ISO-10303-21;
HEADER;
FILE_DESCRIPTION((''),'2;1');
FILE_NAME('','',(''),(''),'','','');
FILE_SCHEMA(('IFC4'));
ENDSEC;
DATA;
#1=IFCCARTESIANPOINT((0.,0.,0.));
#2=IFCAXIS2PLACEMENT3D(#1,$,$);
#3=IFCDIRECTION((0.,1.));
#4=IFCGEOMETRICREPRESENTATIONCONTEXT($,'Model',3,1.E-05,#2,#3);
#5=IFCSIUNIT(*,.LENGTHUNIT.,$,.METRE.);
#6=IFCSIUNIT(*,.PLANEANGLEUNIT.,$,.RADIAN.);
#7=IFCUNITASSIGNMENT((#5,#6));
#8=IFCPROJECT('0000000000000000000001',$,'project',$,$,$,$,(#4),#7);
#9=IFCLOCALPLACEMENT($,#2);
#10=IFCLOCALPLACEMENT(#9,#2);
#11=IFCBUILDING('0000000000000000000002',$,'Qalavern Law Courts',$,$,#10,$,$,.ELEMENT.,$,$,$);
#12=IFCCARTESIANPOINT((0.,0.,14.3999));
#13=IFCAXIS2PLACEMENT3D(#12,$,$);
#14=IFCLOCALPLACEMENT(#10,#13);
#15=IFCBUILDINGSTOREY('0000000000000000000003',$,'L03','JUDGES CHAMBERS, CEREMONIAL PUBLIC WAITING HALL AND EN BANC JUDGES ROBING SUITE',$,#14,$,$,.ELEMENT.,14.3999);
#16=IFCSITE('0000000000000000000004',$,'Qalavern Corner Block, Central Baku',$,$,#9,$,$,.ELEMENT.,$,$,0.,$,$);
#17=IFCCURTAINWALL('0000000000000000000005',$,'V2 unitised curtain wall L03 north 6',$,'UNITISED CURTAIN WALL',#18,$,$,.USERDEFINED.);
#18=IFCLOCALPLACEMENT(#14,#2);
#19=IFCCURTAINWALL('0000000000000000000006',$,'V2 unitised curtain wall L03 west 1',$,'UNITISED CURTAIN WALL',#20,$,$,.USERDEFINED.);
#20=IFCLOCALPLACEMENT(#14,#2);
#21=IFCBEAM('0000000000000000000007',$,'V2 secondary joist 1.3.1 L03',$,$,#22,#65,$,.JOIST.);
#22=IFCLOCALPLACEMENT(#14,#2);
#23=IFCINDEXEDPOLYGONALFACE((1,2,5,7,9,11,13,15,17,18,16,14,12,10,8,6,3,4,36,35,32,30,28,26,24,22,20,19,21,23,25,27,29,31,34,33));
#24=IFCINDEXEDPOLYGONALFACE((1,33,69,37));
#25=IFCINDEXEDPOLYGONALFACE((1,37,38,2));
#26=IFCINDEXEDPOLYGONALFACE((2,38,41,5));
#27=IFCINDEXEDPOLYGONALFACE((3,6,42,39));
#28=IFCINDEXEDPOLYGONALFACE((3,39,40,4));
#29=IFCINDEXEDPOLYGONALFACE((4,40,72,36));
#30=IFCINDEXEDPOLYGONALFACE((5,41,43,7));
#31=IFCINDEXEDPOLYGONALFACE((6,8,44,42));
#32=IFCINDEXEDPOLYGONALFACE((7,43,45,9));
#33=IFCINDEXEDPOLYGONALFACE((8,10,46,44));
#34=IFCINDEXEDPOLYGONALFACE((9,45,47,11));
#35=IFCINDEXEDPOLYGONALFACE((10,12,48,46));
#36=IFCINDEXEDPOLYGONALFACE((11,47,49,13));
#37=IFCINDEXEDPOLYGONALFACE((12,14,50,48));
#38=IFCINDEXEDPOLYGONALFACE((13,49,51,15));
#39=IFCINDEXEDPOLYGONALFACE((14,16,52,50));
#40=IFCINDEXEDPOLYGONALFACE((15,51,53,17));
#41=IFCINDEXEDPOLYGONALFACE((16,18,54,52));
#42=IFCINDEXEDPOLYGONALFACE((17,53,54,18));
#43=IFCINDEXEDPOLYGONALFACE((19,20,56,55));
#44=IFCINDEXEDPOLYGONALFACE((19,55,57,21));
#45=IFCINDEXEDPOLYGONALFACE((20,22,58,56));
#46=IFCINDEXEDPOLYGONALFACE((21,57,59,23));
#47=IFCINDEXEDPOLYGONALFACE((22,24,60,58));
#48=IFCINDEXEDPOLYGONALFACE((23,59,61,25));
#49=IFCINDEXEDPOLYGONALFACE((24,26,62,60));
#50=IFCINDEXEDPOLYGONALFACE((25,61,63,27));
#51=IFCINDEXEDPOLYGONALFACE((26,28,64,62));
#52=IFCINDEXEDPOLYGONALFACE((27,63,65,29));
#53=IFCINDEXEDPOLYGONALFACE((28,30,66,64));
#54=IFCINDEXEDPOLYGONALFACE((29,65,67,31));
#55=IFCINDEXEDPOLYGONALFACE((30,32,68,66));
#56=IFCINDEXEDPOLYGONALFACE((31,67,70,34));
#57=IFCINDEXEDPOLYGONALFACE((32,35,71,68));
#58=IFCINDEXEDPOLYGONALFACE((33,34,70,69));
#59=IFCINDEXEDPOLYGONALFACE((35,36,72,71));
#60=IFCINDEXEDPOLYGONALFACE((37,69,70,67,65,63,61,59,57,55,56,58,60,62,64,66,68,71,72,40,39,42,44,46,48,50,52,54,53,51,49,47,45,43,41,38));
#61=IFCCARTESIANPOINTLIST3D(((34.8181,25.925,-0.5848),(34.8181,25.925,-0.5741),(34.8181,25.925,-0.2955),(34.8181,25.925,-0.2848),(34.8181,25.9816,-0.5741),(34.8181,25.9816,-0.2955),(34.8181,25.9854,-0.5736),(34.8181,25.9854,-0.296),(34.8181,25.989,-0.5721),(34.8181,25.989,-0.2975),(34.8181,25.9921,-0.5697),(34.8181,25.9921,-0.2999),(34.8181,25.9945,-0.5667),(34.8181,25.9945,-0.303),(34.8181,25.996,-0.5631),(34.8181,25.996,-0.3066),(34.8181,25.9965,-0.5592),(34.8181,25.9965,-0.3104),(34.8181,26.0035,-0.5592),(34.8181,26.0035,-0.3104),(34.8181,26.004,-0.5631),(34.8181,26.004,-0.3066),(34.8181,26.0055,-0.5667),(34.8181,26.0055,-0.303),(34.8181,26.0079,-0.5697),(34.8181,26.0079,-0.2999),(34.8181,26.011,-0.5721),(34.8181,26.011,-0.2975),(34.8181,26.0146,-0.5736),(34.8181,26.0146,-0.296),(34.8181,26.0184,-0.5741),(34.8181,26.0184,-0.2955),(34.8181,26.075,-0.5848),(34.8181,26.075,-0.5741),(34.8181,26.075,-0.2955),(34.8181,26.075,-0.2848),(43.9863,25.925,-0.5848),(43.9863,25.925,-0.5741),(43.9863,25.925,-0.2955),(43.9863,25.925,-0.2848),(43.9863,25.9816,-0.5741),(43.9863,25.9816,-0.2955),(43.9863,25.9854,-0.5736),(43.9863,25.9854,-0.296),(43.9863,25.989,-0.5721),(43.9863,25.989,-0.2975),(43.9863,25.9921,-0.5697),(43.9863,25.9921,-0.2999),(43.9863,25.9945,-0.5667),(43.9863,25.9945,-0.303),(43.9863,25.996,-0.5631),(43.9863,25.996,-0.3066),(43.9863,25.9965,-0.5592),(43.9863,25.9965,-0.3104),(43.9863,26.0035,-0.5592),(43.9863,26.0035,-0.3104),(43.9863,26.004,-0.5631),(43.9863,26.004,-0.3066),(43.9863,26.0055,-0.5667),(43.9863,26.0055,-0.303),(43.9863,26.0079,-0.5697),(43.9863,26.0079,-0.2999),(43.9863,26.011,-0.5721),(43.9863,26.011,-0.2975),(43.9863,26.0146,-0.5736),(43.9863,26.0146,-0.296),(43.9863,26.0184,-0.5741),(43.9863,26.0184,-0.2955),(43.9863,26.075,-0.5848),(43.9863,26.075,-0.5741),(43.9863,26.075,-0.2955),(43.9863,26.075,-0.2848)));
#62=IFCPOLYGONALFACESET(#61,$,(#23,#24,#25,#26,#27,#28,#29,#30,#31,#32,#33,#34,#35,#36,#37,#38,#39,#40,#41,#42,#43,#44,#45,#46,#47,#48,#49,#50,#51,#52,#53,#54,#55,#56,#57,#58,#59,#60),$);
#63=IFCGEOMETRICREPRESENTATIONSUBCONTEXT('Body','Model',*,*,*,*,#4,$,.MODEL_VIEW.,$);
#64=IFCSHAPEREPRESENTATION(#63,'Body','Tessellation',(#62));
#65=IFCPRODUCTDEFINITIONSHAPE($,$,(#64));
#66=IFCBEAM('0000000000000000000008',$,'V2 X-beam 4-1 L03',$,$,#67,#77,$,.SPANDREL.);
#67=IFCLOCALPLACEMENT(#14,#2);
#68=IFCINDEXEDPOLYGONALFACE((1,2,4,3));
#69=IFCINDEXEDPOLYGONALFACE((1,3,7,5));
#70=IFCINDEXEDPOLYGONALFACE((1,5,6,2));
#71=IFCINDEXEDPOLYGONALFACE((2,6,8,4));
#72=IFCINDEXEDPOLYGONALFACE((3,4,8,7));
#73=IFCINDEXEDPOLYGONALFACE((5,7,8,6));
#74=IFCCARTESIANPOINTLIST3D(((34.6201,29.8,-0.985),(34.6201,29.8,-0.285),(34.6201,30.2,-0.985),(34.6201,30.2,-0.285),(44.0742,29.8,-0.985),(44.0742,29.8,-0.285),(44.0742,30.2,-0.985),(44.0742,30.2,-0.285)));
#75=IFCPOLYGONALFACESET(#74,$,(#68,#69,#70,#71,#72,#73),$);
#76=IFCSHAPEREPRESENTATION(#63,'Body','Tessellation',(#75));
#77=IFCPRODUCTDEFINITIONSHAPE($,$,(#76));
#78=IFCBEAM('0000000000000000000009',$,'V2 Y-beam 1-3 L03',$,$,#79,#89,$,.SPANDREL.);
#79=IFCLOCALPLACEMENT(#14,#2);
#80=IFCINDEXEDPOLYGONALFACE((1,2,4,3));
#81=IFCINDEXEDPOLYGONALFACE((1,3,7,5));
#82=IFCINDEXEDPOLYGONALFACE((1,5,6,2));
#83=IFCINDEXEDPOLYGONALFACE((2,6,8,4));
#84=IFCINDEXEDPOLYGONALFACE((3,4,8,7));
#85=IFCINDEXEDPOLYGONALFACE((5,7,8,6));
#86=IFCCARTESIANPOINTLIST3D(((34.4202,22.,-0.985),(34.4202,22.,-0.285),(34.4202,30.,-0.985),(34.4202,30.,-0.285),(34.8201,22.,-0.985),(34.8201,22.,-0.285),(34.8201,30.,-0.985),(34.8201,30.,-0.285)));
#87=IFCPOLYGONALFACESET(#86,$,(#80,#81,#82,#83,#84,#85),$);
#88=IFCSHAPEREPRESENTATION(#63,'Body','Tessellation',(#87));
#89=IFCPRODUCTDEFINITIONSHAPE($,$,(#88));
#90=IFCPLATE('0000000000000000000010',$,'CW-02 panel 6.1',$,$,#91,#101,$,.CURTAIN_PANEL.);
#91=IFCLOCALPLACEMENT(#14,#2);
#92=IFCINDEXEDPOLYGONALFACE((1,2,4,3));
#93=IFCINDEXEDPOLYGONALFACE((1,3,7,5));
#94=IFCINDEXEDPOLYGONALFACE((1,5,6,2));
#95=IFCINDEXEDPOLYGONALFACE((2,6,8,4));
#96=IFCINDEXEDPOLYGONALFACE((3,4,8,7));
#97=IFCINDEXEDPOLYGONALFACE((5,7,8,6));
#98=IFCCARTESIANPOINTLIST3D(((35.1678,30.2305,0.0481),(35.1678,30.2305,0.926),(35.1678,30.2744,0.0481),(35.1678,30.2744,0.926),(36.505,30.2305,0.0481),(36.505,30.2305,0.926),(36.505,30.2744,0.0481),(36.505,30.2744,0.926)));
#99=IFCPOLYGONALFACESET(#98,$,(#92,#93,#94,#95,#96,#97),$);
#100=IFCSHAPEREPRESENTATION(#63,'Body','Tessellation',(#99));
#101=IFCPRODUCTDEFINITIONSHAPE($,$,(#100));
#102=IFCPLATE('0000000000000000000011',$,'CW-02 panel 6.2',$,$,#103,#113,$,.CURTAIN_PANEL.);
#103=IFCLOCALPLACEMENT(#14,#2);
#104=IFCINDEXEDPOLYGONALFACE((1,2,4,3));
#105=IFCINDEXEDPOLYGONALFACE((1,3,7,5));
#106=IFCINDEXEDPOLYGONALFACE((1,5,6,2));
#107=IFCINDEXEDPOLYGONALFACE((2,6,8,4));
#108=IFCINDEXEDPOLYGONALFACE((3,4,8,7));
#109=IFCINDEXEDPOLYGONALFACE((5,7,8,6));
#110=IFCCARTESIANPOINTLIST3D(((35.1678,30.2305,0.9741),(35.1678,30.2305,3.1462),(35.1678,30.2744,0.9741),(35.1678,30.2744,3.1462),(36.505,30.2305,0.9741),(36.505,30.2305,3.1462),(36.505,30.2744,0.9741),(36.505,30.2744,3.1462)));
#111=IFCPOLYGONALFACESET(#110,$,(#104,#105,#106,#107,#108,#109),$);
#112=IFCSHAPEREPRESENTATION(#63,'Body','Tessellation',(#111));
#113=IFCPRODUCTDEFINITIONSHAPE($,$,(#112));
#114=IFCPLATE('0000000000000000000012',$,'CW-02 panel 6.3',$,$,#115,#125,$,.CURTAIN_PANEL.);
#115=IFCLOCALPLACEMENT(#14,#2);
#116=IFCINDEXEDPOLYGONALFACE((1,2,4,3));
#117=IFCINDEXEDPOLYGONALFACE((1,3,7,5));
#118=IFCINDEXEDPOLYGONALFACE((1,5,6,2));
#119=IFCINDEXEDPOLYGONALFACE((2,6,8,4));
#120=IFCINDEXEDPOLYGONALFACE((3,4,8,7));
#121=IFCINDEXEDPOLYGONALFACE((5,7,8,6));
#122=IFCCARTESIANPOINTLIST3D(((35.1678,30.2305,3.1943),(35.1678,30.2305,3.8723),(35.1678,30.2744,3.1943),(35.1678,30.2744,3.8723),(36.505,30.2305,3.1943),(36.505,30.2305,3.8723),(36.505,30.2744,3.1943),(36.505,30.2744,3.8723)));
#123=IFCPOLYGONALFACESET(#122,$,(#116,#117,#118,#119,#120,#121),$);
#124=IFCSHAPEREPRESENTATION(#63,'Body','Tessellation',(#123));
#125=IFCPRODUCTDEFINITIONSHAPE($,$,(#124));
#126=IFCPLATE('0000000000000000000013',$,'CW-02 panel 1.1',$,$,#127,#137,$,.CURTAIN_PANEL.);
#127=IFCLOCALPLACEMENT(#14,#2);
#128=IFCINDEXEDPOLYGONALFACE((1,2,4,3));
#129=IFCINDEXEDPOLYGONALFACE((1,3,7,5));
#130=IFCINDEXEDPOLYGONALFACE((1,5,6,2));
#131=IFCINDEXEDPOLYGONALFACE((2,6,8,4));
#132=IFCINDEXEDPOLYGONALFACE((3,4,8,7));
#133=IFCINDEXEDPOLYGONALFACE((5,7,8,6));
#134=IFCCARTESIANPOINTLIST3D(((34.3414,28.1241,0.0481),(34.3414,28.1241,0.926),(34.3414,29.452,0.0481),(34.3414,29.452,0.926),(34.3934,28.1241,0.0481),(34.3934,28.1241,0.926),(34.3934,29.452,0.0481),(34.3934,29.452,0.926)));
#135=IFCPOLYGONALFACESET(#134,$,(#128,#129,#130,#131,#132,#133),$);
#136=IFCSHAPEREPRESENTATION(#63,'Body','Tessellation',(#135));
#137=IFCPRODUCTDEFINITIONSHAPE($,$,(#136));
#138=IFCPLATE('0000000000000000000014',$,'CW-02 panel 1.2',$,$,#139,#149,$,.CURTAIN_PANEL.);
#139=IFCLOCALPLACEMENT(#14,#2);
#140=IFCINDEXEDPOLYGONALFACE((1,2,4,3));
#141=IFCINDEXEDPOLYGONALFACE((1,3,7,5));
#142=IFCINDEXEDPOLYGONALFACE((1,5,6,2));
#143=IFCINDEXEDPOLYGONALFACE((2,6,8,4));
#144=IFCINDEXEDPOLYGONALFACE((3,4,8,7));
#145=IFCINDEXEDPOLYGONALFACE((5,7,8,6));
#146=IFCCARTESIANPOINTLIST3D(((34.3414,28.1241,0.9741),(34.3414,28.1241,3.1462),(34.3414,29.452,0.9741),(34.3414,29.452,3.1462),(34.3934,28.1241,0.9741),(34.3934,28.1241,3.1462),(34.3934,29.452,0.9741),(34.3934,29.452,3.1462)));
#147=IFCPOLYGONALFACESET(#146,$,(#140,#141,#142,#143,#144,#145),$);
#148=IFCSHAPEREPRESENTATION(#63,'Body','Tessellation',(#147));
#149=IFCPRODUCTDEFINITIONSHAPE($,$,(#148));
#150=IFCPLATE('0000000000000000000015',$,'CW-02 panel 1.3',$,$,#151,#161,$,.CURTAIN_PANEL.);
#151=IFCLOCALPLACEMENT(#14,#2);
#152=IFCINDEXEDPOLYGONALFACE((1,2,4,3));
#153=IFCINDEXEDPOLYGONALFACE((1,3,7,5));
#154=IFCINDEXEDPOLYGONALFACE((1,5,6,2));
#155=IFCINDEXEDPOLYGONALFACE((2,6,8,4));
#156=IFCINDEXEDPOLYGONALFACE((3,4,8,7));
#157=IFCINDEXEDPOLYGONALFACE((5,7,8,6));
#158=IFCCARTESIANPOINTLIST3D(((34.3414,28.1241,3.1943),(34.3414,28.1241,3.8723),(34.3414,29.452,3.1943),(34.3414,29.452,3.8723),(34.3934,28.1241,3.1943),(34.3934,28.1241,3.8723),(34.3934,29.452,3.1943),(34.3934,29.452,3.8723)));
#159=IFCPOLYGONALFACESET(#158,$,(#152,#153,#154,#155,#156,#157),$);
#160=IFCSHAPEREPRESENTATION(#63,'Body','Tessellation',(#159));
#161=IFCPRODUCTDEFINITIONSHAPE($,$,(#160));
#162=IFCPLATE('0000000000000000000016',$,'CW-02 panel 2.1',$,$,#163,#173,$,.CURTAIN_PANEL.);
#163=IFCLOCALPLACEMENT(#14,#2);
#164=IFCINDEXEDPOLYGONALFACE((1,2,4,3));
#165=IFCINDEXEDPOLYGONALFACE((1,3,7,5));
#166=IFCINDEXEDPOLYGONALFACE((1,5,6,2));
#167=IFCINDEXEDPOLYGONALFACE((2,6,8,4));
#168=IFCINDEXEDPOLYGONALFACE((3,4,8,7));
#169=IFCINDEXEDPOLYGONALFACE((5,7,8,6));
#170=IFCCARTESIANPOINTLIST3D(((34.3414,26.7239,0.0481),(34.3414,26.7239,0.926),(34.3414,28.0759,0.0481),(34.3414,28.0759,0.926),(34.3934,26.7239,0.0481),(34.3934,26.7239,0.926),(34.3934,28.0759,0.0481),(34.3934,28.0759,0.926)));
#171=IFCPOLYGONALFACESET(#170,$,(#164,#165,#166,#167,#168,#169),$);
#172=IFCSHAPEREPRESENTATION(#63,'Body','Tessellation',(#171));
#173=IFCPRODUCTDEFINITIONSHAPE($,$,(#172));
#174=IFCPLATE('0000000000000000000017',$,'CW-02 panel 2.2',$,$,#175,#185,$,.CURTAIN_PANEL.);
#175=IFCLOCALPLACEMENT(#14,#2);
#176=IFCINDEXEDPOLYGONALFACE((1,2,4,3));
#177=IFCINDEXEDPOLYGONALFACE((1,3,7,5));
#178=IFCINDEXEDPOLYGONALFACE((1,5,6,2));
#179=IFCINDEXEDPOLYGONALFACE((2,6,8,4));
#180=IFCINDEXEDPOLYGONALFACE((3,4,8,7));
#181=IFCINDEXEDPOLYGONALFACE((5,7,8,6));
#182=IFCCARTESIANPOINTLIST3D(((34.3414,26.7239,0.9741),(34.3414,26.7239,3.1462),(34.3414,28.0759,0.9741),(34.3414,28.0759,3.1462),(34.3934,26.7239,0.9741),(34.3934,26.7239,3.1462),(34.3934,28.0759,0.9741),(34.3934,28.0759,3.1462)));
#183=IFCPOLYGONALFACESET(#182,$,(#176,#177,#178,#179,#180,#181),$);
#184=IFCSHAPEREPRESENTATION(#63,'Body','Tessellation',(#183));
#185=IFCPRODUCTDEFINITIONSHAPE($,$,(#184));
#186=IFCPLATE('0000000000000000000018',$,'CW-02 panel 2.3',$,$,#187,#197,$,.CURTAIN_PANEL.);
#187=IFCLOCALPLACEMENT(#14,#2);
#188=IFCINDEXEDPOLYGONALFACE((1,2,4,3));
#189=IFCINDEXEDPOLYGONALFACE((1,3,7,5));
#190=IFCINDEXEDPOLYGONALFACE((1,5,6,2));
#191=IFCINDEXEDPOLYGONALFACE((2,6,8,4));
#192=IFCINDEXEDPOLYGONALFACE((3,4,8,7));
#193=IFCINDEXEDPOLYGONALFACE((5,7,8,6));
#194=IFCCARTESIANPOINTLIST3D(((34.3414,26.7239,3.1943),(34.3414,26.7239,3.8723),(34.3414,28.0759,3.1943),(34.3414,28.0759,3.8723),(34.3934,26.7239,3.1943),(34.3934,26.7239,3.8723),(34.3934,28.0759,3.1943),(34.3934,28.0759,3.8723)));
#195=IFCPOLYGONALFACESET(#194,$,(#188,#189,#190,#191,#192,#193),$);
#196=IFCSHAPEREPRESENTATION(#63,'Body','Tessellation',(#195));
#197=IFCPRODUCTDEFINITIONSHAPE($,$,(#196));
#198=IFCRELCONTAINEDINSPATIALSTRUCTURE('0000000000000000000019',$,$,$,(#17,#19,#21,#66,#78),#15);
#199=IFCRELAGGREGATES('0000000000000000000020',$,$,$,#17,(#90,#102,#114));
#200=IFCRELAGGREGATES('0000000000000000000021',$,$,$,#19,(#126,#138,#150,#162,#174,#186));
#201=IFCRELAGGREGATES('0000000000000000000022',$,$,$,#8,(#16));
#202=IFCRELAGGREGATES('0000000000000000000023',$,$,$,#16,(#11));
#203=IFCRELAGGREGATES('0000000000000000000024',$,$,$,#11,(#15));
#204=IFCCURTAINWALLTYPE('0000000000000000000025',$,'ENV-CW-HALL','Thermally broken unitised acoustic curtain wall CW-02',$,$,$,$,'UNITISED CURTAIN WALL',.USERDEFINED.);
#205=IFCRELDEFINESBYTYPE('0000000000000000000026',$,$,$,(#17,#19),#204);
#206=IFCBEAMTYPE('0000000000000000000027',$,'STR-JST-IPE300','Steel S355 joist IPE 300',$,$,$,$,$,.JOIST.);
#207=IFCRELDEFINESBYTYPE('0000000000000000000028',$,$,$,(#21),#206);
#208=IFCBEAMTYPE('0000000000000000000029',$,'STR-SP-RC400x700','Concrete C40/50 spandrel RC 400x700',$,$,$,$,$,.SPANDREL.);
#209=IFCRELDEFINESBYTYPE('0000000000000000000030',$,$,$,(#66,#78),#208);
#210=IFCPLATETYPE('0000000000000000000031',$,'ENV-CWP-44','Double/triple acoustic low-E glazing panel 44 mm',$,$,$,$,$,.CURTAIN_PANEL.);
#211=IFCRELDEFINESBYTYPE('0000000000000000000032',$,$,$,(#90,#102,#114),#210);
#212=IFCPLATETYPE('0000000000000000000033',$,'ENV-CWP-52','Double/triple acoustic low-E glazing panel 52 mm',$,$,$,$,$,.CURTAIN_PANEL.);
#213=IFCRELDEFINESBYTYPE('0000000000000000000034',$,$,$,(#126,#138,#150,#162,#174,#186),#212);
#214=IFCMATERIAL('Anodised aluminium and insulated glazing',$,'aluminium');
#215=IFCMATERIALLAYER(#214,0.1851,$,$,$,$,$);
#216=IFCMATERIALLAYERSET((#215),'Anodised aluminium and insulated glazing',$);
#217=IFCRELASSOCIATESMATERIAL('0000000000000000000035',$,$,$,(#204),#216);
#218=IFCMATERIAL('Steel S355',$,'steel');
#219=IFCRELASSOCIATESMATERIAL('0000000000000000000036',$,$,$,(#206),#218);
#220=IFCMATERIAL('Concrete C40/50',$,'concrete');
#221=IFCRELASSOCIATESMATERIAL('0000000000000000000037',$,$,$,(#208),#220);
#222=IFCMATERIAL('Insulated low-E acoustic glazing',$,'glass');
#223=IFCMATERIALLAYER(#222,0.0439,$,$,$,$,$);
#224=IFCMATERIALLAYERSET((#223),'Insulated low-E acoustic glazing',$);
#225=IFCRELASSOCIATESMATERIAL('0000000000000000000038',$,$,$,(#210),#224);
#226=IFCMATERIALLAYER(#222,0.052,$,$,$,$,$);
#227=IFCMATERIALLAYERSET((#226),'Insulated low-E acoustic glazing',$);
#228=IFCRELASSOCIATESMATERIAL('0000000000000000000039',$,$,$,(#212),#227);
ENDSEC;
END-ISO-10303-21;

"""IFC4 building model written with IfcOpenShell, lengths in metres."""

from ifc_helpers import new_model, si_unit, direction, frame, origin, origin_2d, place, context, subcontext, project, spatial, rectangle, i_section, extrude, material, layer, layer_set, material_profile, profile_set, type_object, element, aggregate, save


model = new_model("IFC4")

# Units and contexts
model_context = context("Model", 3, precision=1e-05, world=origin(), true_north=direction((0.0, 1.0)))
body_context = subcontext(model_context, "Body", "Model", "MODEL_VIEW")
ifc_project = project(units=[si_unit("LENGTHUNIT", "METRE"), si_unit("PLANEANGLEUNIT", "RADIAN")], contexts=[model_context])

# Site, building, storey
site_placement = place(None, origin())
site = spatial("IfcSite", under=ifc_project, at=site_placement, Name="Qalavern Corner Block, Central Baku", CompositionType="ELEMENT", RefElevation=0.0)
building_placement = place(site_placement, origin())
building = spatial("IfcBuilding", under=site, at=building_placement, Name="Qalavern Law Courts", CompositionType="ELEMENT")
storey_placement = place(building_placement, frame((0.0, 0.0, 14.3999)))
storey = spatial("IfcBuildingStorey", under=building, at=storey_placement, Name="L03", Description="JUDGES CHAMBERS, CEREMONIAL PUBLIC WAITING HALL AND EN BANC JUDGES ROBING SUITE", CompositionType="ELEMENT", Elevation=14.3999)

# Curtain wall
ifc_material_1 = material(Name="Anodised aluminium and insulated glazing", Category="aluminium")
ifc_layer_1 = layer(ifc_material_1, 0.1851)
ifc_layer_set_1 = layer_set([ifc_layer_1], Name="Anodised aluminium and insulated glazing")
curtain_wall_type = type_object("IfcCurtainWallType", Name="ENV-CW-HALL", Description="Thermally broken unitised acoustic curtain wall CW-02", ElementType="UNITISED CURTAIN WALL", PredefinedType="USERDEFINED", material=ifc_layer_set_1)
curtain_wall_1_placement = place(storey_placement, origin())
curtain_wall_1 = element("IfcCurtainWall", 1, at=curtain_wall_1_placement, inside=storey, type_object=curtain_wall_type, Name="V2 unitised curtain wall L03 north 6", ObjectType="UNITISED CURTAIN WALL", PredefinedType="USERDEFINED")

# Curtain wall
curtain_wall_2_placement = place(storey_placement, origin())
curtain_wall_2 = element("IfcCurtainWall", 2, at=curtain_wall_2_placement, inside=storey, type_object=curtain_wall_type, Name="V2 unitised curtain wall L03 west 1", ObjectType="UNITISED CURTAIN WALL", PredefinedType="USERDEFINED")

# Beams
ifc_material_2 = material(Name="Concrete C40/50", Category="concrete")
ifc_material_3 = material(Name="Steel S355", Category="steel")
ifc_material_profile_1 = material_profile(ifc_material_3, i_section(OverallWidth=0.1499, OverallDepth=0.3, WebThickness=0.0071, FlangeThickness=0.0107, FilletRadius=0.0149, at=origin_2d()), Name="IPE 300")
ifc_profile_set_1 = profile_set([ifc_material_profile_1], Name="Steel S355")
beam_type_1 = type_object("IfcBeamType", Name="STR-JST-IPE300", Description="Steel S355 joist IPE 300", PredefinedType="JOIST", material=ifc_profile_set_1)
beam_1_placement = place(storey_placement, frame((34.8181, 26.0, -0.4348), z_axis=(1.0, 0.0, 0.0), x_axis=(0.0, 1.0, 0.0)))
element("IfcBeam", 3, at=beam_1_placement, inside=storey, type_object=beam_type_1, Name="V2 secondary joist 1.3.1 L03", PredefinedType="JOIST", context=body_context, shape_type="SweptSolid", body=[
    extrude(i_section(OverallWidth=0.1499, OverallDepth=0.3, WebThickness=0.0071, FlangeThickness=0.0107, FilletRadius=0.0149, at=origin_2d()), origin(), (0.0, 0.0, 1.0), 9.1682),
])
ifc_material_profile_2 = material_profile(ifc_material_2, rectangle(XDim=0.3999, YDim=0.7, at=origin_2d()), Name="RC 400x700")
ifc_profile_set_2 = profile_set([ifc_material_profile_2], Name="Concrete C40/50")
beam_type_2 = type_object("IfcBeamType", Name="STR-SP-RC400x700", Description="Concrete C40/50 spandrel RC 400x700", PredefinedType="SPANDREL", material=ifc_profile_set_2)
beam_2_placement = place(storey_placement, frame((34.6201, 30.0, -0.635), z_axis=(1.0, 0.0, 0.0), x_axis=(0.0, 1.0, 0.0)))
element("IfcBeam", 4, at=beam_2_placement, inside=storey, type_object=beam_type_2, Name="V2 X-beam 4-1 L03", PredefinedType="SPANDREL", context=body_context, shape_type="SweptSolid", body=[
    extrude(rectangle(XDim=0.3999, YDim=0.7, at=origin_2d()), origin(), (0.0, 0.0, 1.0), 9.4541),
])
beam_3_placement = place(storey_placement, frame((34.6201, 22.0, -0.635), z_axis=(0.0, 1.0, 0.0), x_axis=(-1.0, 0.0, 0.0)))
element("IfcBeam", 5, at=beam_3_placement, inside=storey, type_object=beam_type_2, Name="V2 Y-beam 1-3 L03", PredefinedType="SPANDREL", context=body_context, shape_type="SweptSolid", body=[
    extrude(rectangle(XDim=0.3999, YDim=0.7, at=origin_2d()), origin(), (0.0, 0.0, 1.0), 8.0),
])

# Plates
ifc_material_4 = material(Name="Insulated low-E acoustic glazing", Category="glass")
ifc_layer_2 = layer(ifc_material_4, 0.0439)
ifc_layer_set_2 = layer_set([ifc_layer_2], Name="Insulated low-E acoustic glazing")
plate_type_1 = type_object("IfcPlateType", Name="ENV-CWP-44", Description="Double/triple acoustic low-E glazing panel 44 mm", PredefinedType="CURTAIN_PANEL", material=ifc_layer_set_2)
plate_1_placement = place(storey_placement, frame((35.8364, 30.2524, 0.0481), z_axis=(0.0, 0.0, 1.0), x_axis=(-1.0, 0.0, 0.0)))
plate_1 = element("IfcPlate", 6, at=plate_1_placement, type_object=plate_type_1, Name="CW-02 panel 6.1", PredefinedType="CURTAIN_PANEL", context=body_context, shape_type="SweptSolid", body=[
    extrude(rectangle(XDim=1.3372, YDim=0.0439, at=origin_2d()), origin(), (0.0, 0.0, 1.0), 0.8779),
])
plate_2_placement = place(storey_placement, frame((35.8364, 30.2524, 0.9741), z_axis=(0.0, 0.0, 1.0), x_axis=(-1.0, 0.0, 0.0)))
plate_2 = element("IfcPlate", 7, at=plate_2_placement, type_object=plate_type_1, Name="CW-02 panel 6.2", PredefinedType="CURTAIN_PANEL", context=body_context, shape_type="SweptSolid", body=[
    extrude(rectangle(XDim=1.3372, YDim=0.0439, at=origin_2d()), origin(), (0.0, 0.0, 1.0), 2.1721),
])
plate_3_placement = place(storey_placement, frame((35.8364, 30.2524, 3.1943), z_axis=(0.0, 0.0, 1.0), x_axis=(-1.0, 0.0, 0.0)))
plate_3 = element("IfcPlate", 8, at=plate_3_placement, type_object=plate_type_1, Name="CW-02 panel 6.3", PredefinedType="CURTAIN_PANEL", context=body_context, shape_type="SweptSolid", body=[
    extrude(rectangle(XDim=1.3372, YDim=0.0439, at=origin_2d()), origin(), (0.0, 0.0, 1.0), 0.678),
])
aggregate(curtain_wall_1, [plate_1, plate_2, plate_3])
ifc_layer_3 = layer(ifc_material_4, 0.052)
ifc_layer_set_3 = layer_set([ifc_layer_3], Name="Insulated low-E acoustic glazing")
plate_type_2 = type_object("IfcPlateType", Name="ENV-CWP-52", Description="Double/triple acoustic low-E glazing panel 52 mm", PredefinedType="CURTAIN_PANEL", material=ifc_layer_set_3)
plate_4_placement = place(storey_placement, frame((34.3674, 28.7881, 0.0481), z_axis=(0.0, 0.0, 1.0), x_axis=(0.0, -1.0, 0.0)))
plate_4 = element("IfcPlate", 9, at=plate_4_placement, type_object=plate_type_2, Name="CW-02 panel 1.1", PredefinedType="CURTAIN_PANEL", context=body_context, shape_type="SweptSolid", body=[
    extrude(rectangle(XDim=1.3279, YDim=0.052, at=origin_2d()), origin(), (0.0, 0.0, 1.0), 0.8779),
])
plate_5_placement = place(storey_placement, frame((34.3674, 28.7881, 0.9741), z_axis=(0.0, 0.0, 1.0), x_axis=(0.0, -1.0, 0.0)))
plate_5 = element("IfcPlate", 10, at=plate_5_placement, type_object=plate_type_2, Name="CW-02 panel 1.2", PredefinedType="CURTAIN_PANEL", context=body_context, shape_type="SweptSolid", body=[
    extrude(rectangle(XDim=1.3279, YDim=0.052, at=origin_2d()), origin(), (0.0, 0.0, 1.0), 2.1721),
])
plate_6_placement = place(storey_placement, frame((34.3674, 28.7881, 3.1943), z_axis=(0.0, 0.0, 1.0), x_axis=(0.0, -1.0, 0.0)))
plate_6 = element("IfcPlate", 11, at=plate_6_placement, type_object=plate_type_2, Name="CW-02 panel 1.3", PredefinedType="CURTAIN_PANEL", context=body_context, shape_type="SweptSolid", body=[
    extrude(rectangle(XDim=1.3279, YDim=0.052, at=origin_2d()), origin(), (0.0, 0.0, 1.0), 0.678),
])
plate_7_placement = place(storey_placement, frame((34.3674, 27.3999, 0.0481), z_axis=(0.0, 0.0, 1.0), x_axis=(0.0, -1.0, 0.0)))
plate_7 = element("IfcPlate", 12, at=plate_7_placement, type_object=plate_type_2, Name="CW-02 panel 2.1", PredefinedType="CURTAIN_PANEL", context=body_context, shape_type="SweptSolid", body=[
    extrude(rectangle(XDim=1.3521, YDim=0.052, at=origin_2d()), origin(), (0.0, 0.0, 1.0), 0.8779),
])
plate_8_placement = place(storey_placement, frame((34.3674, 27.3999, 0.9741), z_axis=(0.0, 0.0, 1.0), x_axis=(0.0, -1.0, 0.0)))
plate_8 = element("IfcPlate", 13, at=plate_8_placement, type_object=plate_type_2, Name="CW-02 panel 2.2", PredefinedType="CURTAIN_PANEL", context=body_context, shape_type="SweptSolid", body=[
    extrude(rectangle(XDim=1.3521, YDim=0.052, at=origin_2d()), origin(), (0.0, 0.0, 1.0), 2.1721),
])
plate_9_placement = place(storey_placement, frame((34.3674, 27.3999, 3.1943), z_axis=(0.0, 0.0, 1.0), x_axis=(0.0, -1.0, 0.0)))
plate_9 = element("IfcPlate", 14, at=plate_9_placement, type_object=plate_type_2, Name="CW-02 panel 2.3", PredefinedType="CURTAIN_PANEL", context=body_context, shape_type="SweptSolid", body=[
    extrude(rectangle(XDim=1.3521, YDim=0.052, at=origin_2d()), origin(), (0.0, 0.0, 1.0), 0.678),
])
aggregate(curtain_wall_2, [plate_4, plate_5, plate_6, plate_7, plate_8, plate_9])

save(model, "model.ifc")
